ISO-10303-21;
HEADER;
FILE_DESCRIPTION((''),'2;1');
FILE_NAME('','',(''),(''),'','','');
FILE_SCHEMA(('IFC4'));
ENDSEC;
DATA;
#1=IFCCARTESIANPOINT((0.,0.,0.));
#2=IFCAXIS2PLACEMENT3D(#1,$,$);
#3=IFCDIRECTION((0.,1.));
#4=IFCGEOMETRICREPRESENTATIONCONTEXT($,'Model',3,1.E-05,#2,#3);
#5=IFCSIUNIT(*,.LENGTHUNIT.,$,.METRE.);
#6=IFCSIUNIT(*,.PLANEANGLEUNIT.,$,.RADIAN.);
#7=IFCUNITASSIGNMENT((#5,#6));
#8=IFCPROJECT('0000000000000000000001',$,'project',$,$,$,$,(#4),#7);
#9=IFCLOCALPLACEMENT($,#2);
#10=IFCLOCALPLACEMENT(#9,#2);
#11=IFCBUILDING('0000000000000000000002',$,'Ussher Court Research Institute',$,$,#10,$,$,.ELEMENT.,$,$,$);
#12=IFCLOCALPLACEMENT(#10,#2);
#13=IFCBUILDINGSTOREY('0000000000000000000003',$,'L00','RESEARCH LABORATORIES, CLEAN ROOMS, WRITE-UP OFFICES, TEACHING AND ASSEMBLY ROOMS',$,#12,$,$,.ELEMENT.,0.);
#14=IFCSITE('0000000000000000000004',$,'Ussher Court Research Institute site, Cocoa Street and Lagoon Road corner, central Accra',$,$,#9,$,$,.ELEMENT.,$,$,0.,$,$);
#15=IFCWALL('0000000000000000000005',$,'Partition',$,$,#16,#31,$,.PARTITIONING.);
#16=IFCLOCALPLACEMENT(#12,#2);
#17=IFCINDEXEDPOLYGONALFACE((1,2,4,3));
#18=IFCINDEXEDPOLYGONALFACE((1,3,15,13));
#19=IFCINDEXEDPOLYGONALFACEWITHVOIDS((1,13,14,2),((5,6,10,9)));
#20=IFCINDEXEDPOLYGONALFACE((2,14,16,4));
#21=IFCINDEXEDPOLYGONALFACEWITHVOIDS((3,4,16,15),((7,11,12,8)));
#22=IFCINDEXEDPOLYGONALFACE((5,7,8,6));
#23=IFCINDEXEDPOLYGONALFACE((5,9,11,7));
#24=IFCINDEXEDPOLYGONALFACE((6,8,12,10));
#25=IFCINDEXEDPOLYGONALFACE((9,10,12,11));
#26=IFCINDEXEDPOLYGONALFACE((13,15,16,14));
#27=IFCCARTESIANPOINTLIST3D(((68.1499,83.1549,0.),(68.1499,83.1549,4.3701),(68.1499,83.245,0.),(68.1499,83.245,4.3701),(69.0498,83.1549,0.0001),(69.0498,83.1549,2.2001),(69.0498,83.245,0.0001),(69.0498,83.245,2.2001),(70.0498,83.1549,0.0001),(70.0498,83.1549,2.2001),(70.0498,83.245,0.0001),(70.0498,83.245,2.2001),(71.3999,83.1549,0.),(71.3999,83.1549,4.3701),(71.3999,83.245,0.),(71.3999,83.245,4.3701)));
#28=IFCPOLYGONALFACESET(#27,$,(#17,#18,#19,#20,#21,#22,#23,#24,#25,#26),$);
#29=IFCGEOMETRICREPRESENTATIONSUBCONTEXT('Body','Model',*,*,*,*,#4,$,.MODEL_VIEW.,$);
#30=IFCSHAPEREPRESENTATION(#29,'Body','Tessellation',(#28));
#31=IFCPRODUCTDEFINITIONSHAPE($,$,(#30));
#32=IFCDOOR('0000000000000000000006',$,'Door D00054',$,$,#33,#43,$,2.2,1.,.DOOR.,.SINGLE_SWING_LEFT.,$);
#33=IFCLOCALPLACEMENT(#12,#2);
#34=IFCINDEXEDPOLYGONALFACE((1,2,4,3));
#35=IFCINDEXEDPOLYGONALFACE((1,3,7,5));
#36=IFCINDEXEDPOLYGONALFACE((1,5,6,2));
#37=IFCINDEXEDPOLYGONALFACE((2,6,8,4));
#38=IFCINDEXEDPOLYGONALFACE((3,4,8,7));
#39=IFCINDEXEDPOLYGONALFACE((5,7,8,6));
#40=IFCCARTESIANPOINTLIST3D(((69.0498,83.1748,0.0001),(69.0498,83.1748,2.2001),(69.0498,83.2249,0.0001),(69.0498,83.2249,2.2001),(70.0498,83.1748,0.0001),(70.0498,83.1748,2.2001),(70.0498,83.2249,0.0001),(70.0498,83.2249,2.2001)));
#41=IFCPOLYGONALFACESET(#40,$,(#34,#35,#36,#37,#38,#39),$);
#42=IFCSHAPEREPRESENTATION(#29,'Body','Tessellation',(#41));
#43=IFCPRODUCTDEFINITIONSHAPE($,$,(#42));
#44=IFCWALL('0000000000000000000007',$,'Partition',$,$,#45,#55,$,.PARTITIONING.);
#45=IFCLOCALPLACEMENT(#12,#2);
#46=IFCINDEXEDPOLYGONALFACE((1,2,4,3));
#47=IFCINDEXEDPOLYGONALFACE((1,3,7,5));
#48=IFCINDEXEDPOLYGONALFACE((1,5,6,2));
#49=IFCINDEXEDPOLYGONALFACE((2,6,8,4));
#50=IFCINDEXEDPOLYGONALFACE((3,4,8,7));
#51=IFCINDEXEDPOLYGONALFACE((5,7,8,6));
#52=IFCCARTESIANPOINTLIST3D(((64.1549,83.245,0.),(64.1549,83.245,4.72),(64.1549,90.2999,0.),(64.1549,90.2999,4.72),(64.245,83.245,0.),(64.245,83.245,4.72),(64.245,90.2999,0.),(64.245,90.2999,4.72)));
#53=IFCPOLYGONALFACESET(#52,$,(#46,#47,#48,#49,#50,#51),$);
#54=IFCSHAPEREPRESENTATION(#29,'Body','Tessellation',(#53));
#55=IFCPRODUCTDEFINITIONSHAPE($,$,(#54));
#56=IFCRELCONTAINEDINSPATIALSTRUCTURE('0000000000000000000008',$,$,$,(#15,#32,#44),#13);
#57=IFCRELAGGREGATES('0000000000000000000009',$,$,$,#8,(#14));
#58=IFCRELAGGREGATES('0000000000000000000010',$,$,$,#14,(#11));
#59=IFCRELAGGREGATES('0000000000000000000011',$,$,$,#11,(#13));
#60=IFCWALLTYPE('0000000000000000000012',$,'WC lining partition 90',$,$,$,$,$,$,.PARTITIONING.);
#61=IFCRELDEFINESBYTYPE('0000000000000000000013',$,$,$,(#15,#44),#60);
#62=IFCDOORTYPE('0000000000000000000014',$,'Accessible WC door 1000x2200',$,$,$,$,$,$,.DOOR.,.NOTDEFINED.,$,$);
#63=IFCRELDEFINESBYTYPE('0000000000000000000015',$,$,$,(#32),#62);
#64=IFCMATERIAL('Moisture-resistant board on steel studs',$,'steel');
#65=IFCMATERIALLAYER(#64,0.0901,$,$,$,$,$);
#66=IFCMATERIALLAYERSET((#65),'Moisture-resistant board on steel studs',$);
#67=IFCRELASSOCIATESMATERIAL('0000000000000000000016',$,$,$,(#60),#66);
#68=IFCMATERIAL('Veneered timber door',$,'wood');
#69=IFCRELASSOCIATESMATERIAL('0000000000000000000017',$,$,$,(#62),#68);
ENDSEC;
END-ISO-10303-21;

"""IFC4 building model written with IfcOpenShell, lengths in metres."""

from ifc_helpers import new_model, si_unit, direction, frame, frame_2d, origin, place, context, subcontext, project, spatial, rectangle, extrude, material, layer, layer_set, type_object, element, fill, save


model = new_model("IFC4")

# Units and contexts
model_context = context("Model", 3, precision=1e-05, world=origin(), true_north=direction((0.0, 1.0)))
body_context = subcontext(model_context, "Body", "Model", "MODEL_VIEW")
ifc_project = project(units=[si_unit("LENGTHUNIT", "METRE"), si_unit("PLANEANGLEUNIT", "RADIAN")], contexts=[model_context])

# Site, building, storey
site_placement = place(None, origin())
site = spatial("IfcSite", under=ifc_project, at=site_placement, Name="Ussher Court Research Institute site, Cocoa Street and Lagoon Road corner, central Accra", CompositionType="ELEMENT", RefElevation=0.0)
building_placement = place(site_placement, origin())
building = spatial("IfcBuilding", under=site, at=building_placement, Name="Ussher Court Research Institute", CompositionType="ELEMENT")
storey_placement = place(building_placement, origin())
storey = spatial("IfcBuildingStorey", under=building, at=storey_placement, Name="L00", Description="RESEARCH LABORATORIES, CLEAN ROOMS, WRITE-UP OFFICES, TEACHING AND ASSEMBLY ROOMS", CompositionType="ELEMENT", Elevation=0.0)

# Wall, opening, door
ifc_material_1 = material(Name="Moisture-resistant board on steel studs", Category="steel")
ifc_layer_1 = layer(ifc_material_1, 0.0901)
ifc_layer_set_1 = layer_set([ifc_layer_1], Name="Moisture-resistant board on steel studs")
wall_type_1 = type_object("IfcWallType", Name="WC lining partition 90", PredefinedType="PARTITIONING", material=ifc_layer_set_1)
wall_1_placement = place(storey_placement, frame((68.1499, 83.2, 0.0), z_axis=(0.0, 0.0, 1.0), x_axis=(1.0, 0.0, 0.0)))
wall_1 = element("IfcWall", 1, at=wall_1_placement, inside=storey, type_object=wall_type_1, Name="Partition", PredefinedType="PARTITIONING", context=body_context, shape_type="SweptSolid", body=[
    extrude(rectangle(XDim=3.25, YDim=0.0901, at=frame_2d((1.625, 0.0))), origin(), (0.0, 0.0, 1.0), 4.3701),
])
opening_1_placement = place(wall_1_placement, frame((0.8999, 0.0, 0.0)))
opening_1 = element("IfcOpeningElement", 2, at=opening_1_placement, cuts=wall_1, PredefinedType="OPENING", context=body_context, shape_type="SweptSolid", body=[
    extrude(rectangle(XDim=1.0, YDim=2.2, at=frame_2d((0.5, 1.1001))), frame((0.0, 0.0552, 0.0), z_axis=(0.0, -1.0, 0.0), x_axis=(1.0, 0.0, 0.0)), (0.0, 0.0, 1.0), 0.1101),
])
ifc_material_2 = material(Name="Veneered timber door", Category="wood")
door_type_1 = type_object("IfcDoorType", Name="Accessible WC door 1000x2200", OperationType="NOTDEFINED", PredefinedType="DOOR", material=ifc_material_2)
door_1_placement = place(opening_1_placement, origin())
door_1 = element("IfcDoor", 3, at=door_1_placement, inside=storey, type_object=door_type_1, Name="Door D00054", OperationType="SINGLE_SWING_LEFT", OverallHeight=2.2, OverallWidth=1.0, PredefinedType="DOOR", context=body_context, shape_type="SweptSolid", body=[
    extrude(rectangle(XDim=1.0, YDim=2.2, at=frame_2d((0.5, 1.1001))), frame((0.0, 0.0249, 0.0), z_axis=(0.0, -1.0, 0.0), x_axis=(1.0, 0.0, 0.0)), (0.0, 0.0, 1.0), 0.05),
])
fill(opening_1, door_1)

# Wall
wall_2_placement = place(storey_placement, frame((64.2, 83.2451, 0.0), z_axis=(0.0, 0.0, 1.0), x_axis=(0.0, 1.0, 0.0)))
element("IfcWall", 4, at=wall_2_placement, inside=storey, type_object=wall_type_1, Name="Partition", PredefinedType="PARTITIONING", context=body_context, shape_type="SweptSolid", body=[
    extrude(rectangle(XDim=7.0549, YDim=0.0901, at=frame_2d((3.5273, 0.0))), origin(), (0.0, 0.0, 1.0), 4.72),
])

save(model, "model.ifc")
